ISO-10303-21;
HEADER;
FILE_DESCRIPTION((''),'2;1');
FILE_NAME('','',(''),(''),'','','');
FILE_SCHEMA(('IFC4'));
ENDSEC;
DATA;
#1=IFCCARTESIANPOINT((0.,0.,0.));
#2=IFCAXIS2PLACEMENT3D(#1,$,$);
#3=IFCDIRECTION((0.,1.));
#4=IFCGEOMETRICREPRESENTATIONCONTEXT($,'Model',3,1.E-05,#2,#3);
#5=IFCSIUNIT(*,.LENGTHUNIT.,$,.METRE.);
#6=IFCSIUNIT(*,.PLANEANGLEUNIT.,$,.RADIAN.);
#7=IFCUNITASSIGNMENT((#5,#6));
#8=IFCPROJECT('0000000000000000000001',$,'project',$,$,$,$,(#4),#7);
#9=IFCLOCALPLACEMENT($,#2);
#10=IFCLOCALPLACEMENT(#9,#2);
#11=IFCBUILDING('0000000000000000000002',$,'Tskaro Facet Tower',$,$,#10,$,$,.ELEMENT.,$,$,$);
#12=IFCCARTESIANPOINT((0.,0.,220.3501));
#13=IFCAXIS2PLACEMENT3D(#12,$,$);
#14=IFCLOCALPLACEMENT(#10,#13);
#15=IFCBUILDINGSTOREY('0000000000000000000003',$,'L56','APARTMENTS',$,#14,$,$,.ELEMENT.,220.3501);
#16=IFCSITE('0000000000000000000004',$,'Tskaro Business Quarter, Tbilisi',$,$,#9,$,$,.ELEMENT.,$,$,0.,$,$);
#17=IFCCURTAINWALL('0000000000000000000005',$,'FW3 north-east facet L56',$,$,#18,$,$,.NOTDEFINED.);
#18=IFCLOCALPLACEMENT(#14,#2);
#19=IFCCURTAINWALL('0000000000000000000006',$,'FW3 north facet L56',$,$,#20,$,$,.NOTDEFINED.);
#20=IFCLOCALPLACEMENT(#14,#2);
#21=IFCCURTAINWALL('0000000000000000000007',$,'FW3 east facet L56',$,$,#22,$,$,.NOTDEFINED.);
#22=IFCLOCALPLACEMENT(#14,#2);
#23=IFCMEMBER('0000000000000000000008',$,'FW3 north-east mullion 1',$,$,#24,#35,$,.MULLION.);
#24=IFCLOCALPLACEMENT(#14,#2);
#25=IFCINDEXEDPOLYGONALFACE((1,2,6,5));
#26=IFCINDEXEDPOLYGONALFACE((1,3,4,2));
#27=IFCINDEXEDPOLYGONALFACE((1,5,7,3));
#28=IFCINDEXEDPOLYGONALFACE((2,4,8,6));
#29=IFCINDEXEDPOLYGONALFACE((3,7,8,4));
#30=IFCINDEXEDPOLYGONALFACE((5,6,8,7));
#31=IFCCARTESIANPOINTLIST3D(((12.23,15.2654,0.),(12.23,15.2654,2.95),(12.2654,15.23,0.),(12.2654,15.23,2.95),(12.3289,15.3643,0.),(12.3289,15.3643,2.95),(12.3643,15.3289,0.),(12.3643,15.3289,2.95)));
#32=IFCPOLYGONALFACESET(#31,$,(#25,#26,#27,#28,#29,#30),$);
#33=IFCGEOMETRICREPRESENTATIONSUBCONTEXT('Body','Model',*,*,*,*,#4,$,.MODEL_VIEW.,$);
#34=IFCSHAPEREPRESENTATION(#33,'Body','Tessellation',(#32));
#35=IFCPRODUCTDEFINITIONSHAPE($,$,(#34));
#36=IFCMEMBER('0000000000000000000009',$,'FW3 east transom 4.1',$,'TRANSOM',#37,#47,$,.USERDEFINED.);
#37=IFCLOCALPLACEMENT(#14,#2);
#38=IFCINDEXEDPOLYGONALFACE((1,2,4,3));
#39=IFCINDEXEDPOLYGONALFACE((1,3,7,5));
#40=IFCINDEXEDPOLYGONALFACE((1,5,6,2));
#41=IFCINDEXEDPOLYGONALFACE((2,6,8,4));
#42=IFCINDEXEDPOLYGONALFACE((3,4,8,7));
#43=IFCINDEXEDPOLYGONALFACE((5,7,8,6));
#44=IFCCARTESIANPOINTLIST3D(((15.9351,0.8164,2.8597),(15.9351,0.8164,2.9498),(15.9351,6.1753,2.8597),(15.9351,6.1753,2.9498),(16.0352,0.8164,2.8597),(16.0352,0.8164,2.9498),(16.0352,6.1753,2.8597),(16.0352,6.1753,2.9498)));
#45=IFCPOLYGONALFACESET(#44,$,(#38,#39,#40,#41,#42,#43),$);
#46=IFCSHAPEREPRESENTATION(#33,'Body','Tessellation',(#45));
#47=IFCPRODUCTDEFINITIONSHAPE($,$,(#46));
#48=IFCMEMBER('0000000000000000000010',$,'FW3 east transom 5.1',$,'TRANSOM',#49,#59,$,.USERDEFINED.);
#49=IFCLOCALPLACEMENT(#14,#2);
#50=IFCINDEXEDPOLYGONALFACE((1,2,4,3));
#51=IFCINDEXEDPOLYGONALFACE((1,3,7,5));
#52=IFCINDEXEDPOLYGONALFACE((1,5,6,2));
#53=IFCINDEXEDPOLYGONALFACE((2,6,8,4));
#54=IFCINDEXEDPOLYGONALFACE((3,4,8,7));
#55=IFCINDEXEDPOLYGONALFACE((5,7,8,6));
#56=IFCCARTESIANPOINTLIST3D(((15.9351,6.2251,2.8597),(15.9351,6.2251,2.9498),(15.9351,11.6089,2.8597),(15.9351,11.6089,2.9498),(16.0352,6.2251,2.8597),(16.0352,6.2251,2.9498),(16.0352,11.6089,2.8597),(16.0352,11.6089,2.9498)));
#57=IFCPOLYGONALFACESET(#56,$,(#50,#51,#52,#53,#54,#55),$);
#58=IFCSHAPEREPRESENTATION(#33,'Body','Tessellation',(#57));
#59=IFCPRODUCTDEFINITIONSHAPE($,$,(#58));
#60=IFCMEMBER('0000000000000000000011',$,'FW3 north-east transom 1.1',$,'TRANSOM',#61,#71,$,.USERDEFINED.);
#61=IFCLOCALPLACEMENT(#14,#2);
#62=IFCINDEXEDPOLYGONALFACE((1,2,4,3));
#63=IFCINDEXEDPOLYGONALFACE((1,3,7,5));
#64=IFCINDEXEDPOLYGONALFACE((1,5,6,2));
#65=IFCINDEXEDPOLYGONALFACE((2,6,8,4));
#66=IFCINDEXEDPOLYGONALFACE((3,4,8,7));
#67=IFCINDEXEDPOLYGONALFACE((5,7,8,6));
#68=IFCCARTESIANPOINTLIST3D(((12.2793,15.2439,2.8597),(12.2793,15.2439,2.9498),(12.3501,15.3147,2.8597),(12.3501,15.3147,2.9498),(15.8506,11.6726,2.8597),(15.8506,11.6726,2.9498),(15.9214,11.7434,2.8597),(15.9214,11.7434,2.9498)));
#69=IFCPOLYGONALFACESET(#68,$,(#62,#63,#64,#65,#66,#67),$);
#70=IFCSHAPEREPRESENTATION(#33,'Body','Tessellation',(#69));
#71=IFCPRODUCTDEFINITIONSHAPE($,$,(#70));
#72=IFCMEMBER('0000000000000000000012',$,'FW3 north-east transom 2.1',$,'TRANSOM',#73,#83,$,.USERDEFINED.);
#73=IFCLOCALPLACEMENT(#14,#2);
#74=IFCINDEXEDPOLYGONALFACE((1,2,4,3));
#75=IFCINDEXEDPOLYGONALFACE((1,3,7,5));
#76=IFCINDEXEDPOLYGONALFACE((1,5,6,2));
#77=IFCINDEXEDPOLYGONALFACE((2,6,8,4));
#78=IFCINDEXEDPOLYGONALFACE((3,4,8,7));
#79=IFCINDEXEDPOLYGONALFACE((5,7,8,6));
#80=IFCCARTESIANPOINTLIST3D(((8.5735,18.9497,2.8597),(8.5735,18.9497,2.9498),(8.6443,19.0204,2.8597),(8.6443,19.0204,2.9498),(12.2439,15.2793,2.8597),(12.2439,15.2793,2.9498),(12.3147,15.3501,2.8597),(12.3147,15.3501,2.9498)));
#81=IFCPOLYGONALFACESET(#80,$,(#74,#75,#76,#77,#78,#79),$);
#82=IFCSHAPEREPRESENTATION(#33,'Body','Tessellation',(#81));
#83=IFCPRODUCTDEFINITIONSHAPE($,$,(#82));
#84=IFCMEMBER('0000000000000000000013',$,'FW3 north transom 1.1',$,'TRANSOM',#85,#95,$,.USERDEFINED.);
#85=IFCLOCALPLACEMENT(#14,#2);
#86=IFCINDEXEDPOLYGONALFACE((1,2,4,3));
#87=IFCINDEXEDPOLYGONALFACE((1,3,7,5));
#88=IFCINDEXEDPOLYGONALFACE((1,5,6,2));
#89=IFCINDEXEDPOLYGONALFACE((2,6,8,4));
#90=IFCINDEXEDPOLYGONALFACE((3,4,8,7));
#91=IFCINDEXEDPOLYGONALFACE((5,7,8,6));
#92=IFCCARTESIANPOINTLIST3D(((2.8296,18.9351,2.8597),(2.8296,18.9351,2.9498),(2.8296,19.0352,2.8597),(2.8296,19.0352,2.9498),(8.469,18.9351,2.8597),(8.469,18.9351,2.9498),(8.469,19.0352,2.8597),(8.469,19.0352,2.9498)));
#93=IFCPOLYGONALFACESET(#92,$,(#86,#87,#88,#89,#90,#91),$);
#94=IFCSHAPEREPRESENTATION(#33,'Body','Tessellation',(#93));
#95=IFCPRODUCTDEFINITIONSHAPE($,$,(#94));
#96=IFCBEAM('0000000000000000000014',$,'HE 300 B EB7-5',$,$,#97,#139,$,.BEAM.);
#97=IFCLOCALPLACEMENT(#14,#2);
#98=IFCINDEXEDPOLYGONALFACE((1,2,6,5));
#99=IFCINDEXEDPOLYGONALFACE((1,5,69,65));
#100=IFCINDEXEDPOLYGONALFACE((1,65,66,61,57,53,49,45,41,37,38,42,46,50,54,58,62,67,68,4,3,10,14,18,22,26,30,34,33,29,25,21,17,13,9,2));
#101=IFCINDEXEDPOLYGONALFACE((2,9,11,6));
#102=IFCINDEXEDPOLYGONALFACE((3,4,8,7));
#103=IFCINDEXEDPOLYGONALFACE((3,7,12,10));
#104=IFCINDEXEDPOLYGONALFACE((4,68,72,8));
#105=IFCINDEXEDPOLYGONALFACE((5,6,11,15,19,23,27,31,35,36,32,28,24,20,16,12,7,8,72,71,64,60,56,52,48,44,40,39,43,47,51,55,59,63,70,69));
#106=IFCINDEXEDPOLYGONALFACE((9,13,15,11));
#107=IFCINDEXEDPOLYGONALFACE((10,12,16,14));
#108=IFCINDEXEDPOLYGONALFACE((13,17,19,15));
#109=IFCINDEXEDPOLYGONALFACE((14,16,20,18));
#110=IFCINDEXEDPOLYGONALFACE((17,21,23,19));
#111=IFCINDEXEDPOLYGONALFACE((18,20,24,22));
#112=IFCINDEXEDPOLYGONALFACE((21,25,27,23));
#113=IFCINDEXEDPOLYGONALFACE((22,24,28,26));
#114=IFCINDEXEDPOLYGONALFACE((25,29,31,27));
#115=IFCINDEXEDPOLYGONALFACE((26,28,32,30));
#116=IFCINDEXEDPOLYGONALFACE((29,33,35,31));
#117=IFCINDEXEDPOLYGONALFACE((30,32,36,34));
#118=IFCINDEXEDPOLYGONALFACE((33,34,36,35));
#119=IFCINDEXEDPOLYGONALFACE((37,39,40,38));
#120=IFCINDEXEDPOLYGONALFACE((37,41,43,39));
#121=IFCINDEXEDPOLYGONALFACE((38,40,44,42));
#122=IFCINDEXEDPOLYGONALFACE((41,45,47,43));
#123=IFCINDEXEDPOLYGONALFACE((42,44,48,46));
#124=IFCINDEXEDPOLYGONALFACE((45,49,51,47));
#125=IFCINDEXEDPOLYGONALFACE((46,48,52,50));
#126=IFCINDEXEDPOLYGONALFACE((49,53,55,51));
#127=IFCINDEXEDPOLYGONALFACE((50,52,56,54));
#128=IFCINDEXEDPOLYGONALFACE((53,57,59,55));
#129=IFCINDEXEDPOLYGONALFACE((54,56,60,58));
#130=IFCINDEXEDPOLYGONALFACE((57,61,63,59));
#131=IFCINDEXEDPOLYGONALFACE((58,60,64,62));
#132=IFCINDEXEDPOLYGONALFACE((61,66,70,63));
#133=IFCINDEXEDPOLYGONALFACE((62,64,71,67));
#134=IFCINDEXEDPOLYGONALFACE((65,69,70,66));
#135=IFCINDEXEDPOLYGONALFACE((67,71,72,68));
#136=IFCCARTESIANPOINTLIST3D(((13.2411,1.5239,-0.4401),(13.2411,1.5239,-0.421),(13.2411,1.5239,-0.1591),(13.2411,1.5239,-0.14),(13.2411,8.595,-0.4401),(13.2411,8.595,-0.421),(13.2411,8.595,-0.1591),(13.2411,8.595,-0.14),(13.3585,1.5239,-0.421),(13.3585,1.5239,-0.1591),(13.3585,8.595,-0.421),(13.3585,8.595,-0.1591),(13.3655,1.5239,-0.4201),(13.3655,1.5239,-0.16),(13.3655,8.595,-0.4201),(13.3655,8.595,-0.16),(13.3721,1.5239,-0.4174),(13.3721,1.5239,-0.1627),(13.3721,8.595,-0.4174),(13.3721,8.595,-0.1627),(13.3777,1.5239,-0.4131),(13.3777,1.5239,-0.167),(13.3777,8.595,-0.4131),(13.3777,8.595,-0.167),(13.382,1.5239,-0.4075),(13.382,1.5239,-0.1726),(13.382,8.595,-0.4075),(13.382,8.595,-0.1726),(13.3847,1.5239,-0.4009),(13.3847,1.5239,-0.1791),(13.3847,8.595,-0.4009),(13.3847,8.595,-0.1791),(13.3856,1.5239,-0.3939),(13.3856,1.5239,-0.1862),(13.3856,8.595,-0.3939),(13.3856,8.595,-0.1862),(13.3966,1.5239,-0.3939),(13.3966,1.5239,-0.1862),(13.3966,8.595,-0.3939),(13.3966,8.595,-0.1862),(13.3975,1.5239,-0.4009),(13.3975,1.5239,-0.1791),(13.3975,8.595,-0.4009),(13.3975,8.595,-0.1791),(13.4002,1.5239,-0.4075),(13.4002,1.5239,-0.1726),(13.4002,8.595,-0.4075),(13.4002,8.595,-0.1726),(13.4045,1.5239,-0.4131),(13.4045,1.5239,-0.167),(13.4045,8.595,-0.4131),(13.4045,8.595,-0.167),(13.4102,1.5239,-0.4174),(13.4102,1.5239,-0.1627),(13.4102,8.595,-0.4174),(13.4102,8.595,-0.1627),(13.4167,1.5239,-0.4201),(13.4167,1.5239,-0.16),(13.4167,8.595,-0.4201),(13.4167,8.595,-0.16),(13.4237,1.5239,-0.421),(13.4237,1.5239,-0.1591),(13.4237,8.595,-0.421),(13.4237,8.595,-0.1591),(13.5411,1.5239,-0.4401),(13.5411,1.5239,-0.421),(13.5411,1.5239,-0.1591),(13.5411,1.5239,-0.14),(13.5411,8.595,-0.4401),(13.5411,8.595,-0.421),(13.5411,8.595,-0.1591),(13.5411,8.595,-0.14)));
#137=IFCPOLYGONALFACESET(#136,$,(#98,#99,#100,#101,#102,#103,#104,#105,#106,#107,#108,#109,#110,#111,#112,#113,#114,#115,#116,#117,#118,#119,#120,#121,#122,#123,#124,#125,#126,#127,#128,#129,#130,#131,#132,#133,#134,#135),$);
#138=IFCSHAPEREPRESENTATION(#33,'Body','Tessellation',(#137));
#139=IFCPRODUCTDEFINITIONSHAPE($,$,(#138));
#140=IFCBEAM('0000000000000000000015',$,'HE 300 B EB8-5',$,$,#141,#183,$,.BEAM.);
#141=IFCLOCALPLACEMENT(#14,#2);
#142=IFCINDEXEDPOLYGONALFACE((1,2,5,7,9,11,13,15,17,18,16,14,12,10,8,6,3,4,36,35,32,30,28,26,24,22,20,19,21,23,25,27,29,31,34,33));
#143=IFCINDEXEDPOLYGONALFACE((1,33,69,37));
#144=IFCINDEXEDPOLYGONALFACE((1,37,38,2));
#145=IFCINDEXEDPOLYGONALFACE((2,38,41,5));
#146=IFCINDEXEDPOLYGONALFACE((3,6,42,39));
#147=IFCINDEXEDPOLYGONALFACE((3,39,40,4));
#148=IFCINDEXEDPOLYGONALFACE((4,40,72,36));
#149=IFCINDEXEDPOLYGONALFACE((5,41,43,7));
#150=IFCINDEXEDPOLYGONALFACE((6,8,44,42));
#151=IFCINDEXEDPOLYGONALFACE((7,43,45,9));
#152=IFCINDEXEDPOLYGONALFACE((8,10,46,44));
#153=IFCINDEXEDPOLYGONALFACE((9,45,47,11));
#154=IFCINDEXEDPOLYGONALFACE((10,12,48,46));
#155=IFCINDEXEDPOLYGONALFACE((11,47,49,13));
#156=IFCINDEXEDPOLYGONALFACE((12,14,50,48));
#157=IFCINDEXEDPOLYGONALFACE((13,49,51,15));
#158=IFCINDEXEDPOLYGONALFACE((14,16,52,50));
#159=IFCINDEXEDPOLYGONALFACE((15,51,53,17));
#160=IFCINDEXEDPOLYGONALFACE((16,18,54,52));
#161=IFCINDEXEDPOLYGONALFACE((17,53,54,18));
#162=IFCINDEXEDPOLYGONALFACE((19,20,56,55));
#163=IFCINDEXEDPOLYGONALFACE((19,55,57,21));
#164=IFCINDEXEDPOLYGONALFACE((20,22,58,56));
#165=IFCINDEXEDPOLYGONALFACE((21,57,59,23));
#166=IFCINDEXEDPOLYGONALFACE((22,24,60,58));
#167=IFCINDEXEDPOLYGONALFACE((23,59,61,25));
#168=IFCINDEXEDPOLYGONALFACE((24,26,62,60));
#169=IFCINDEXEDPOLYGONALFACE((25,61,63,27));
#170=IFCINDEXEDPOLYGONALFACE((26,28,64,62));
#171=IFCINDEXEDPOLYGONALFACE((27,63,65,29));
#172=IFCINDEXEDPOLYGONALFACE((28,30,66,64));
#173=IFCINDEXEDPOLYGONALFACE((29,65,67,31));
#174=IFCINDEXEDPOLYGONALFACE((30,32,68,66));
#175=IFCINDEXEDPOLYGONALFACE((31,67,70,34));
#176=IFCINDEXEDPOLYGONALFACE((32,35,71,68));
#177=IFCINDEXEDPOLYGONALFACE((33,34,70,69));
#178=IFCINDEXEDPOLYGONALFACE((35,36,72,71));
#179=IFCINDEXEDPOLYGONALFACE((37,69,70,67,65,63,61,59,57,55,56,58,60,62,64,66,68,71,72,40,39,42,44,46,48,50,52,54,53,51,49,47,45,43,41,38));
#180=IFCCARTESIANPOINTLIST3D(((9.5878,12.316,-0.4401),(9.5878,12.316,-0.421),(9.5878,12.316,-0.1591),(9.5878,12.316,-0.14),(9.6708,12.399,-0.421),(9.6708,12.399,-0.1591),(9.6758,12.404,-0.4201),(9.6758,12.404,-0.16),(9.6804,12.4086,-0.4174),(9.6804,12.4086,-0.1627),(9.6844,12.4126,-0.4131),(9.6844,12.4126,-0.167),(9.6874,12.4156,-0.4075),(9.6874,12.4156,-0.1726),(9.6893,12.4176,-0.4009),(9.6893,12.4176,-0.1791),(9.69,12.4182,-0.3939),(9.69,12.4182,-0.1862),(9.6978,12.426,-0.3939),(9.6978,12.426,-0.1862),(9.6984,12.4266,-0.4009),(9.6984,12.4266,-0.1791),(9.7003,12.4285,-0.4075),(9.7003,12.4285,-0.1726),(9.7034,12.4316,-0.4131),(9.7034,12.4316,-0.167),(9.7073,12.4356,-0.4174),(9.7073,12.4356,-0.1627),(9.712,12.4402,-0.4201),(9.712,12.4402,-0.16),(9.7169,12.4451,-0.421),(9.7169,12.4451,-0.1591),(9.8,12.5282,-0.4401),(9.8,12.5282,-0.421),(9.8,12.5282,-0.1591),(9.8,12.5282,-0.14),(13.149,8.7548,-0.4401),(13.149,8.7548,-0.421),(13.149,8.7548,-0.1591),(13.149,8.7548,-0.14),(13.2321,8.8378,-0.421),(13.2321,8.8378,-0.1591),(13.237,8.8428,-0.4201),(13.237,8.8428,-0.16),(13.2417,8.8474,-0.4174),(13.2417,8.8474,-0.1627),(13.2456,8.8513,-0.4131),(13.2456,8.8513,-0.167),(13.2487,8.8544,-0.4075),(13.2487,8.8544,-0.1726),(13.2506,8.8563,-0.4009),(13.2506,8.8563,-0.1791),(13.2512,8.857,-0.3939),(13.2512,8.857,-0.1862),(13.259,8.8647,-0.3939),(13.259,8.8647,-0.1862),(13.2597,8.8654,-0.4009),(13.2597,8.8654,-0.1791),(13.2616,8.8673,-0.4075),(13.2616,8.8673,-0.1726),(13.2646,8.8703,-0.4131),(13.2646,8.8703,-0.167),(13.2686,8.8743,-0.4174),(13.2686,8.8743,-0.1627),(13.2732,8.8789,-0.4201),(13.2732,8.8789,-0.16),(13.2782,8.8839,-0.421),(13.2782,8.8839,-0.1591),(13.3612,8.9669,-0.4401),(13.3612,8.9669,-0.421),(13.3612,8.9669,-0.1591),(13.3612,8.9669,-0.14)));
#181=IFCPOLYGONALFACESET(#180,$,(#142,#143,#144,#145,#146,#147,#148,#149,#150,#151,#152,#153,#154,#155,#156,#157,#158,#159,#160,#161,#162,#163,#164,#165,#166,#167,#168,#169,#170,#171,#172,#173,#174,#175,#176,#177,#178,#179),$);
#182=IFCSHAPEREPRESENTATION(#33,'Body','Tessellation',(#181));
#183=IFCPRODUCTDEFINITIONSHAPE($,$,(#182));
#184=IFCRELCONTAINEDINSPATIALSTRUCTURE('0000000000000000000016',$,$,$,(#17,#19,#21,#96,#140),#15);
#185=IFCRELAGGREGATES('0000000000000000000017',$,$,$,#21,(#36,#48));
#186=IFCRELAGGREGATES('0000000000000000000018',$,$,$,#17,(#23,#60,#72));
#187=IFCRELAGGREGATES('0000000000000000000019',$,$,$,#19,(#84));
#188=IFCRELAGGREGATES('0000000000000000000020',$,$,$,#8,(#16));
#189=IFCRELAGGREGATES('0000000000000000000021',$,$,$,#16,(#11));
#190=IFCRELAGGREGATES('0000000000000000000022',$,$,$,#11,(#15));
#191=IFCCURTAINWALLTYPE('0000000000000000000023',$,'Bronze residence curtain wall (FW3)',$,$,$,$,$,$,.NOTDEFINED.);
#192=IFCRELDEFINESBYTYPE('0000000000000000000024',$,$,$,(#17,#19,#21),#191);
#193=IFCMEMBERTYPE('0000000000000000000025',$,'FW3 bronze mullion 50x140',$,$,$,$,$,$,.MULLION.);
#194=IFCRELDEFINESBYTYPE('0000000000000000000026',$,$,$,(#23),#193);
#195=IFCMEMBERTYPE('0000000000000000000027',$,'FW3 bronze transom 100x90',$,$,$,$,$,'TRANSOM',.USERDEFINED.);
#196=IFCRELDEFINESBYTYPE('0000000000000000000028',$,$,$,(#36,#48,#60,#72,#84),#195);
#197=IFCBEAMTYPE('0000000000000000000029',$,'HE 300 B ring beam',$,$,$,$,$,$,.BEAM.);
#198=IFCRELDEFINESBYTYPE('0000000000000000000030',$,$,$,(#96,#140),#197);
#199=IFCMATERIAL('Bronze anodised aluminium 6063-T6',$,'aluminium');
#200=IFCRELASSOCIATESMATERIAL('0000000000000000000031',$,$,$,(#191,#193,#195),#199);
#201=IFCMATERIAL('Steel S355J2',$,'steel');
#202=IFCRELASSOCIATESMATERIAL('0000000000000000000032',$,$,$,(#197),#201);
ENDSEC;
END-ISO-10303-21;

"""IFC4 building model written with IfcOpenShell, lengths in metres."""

from ifc_helpers import new_model, si_unit, direction, frame, origin, origin_2d, place, context, subcontext, project, spatial, rectangle, i_section, extrude, material, material_profile, profile_set, type_object, element, aggregate, save


model = new_model("IFC4")

# Units and contexts
model_context = context("Model", 3, precision=1e-05, world=origin(), true_north=direction((0.0, 1.0)))
body_context = subcontext(model_context, "Body", "Model", "MODEL_VIEW")
ifc_project = project(units=[si_unit("LENGTHUNIT", "METRE"), si_unit("PLANEANGLEUNIT", "RADIAN")], contexts=[model_context])

# Site, building, storey
site_placement = place(None, origin())
site = spatial("IfcSite", under=ifc_project, at=site_placement, Name="Tskaro Business Quarter, Tbilisi", CompositionType="ELEMENT", RefElevation=0.0)
building_placement = place(site_placement, origin())
building = spatial("IfcBuilding", under=site, at=building_placement, Name="Tskaro Facet Tower", CompositionType="ELEMENT")
storey_placement = place(building_placement, frame((0.0, 0.0, 220.3501)))
storey = spatial("IfcBuildingStorey", under=building, at=storey_placement, Name="L56", Description="APARTMENTS", CompositionType="ELEMENT", Elevation=220.3501)

# Shared definitions
ifc_material_1 = material(Name="Steel S355J2", Category="steel")

# Curtain walls
ifc_material_2 = material(Name="Bronze anodised aluminium 6063-T6", Category="aluminium")
curtain_wall_type = type_object("IfcCurtainWallType", Name="Bronze residence curtain wall (FW3)", PredefinedType="NOTDEFINED", material=ifc_material_2)
curtain_wall_1_placement = place(storey_placement, origin())
curtain_wall_1 = element("IfcCurtainWall", 1, at=curtain_wall_1_placement, inside=storey, type_object=curtain_wall_type, Name="FW3 north-east facet L56", PredefinedType="NOTDEFINED")
curtain_wall_2_placement = place(storey_placement, origin())
curtain_wall_2 = element("IfcCurtainWall", 2, at=curtain_wall_2_placement, inside=storey, type_object=curtain_wall_type, Name="FW3 north facet L56", PredefinedType="NOTDEFINED")

# Curtain wall
curtain_wall_3_placement = place(storey_placement, origin())
curtain_wall_3 = element("IfcCurtainWall", 3, at=curtain_wall_3_placement, inside=storey, type_object=curtain_wall_type, Name="FW3 east facet L56", PredefinedType="NOTDEFINED")
ifc_material_profile_1 = material_profile(ifc_material_2, rectangle(XDim=0.05, YDim=0.1399, at=origin_2d()), Name="Mullion 50x140")
ifc_profile_set_1 = profile_set([ifc_material_profile_1], Name="Bronze anodised aluminium 6063-T6")
member_type_1 = type_object("IfcMemberType", Name="FW3 bronze mullion 50x140", PredefinedType="MULLION", material=ifc_profile_set_1)

# Members
member_1_placement = place(storey_placement, frame((12.2971, 15.2971, 0.0), z_axis=(0.0, 0.0, 1.0), x_axis=(-0.707107, 0.707107, 0.0)))
member_1 = element("IfcMember", 4, at=member_1_placement, type_object=member_type_1, Name="FW3 north-east mullion 1", PredefinedType="MULLION", context=body_context, shape_type="SweptSolid", body=[
    extrude(rectangle(XDim=0.05, YDim=0.1399, at=origin_2d()), origin(), (0.0, 0.0, 1.0), 2.95),
])
ifc_material_profile_2 = material_profile(ifc_material_2, rectangle(XDim=0.1001, YDim=0.0901, at=origin_2d()), Name="Transom 100x90")
ifc_profile_set_2 = profile_set([ifc_material_profile_2], Name="Bronze anodised aluminium 6063-T6")
member_type_2 = type_object("IfcMemberType", Name="FW3 bronze transom 100x90", ElementType="TRANSOM", PredefinedType="USERDEFINED", material=ifc_profile_set_2)
member_2_placement = place(storey_placement, frame((15.9851, 0.8164, 2.9048), z_axis=(0.0, 1.0, 0.0), x_axis=(-1.0, 0.0, 0.0)))
member_2 = element("IfcMember", 5, at=member_2_placement, type_object=member_type_2, Name="FW3 east transom 4.1", ObjectType="TRANSOM", PredefinedType="USERDEFINED", context=body_context, shape_type="SweptSolid", body=[
    extrude(rectangle(XDim=0.1001, YDim=0.0901, at=origin_2d()), origin(), (0.0, 0.0, 1.0), 5.3589),
])
member_3_placement = place(storey_placement, frame((15.9851, 6.2251, 2.9048), z_axis=(0.0, 1.0, 0.0), x_axis=(-1.0, 0.0, 0.0)))
member_3 = element("IfcMember", 6, at=member_3_placement, type_object=member_type_2, Name="FW3 east transom 5.1", ObjectType="TRANSOM", PredefinedType="USERDEFINED", context=body_context, shape_type="SweptSolid", body=[
    extrude(rectangle(XDim=0.1001, YDim=0.0901, at=origin_2d()), origin(), (0.0, 0.0, 1.0), 5.3838),
])
member_4_placement = place(storey_placement, frame((15.886, 11.708, 2.9048), z_axis=(-0.707107, 0.707107, 0.0), x_axis=(-0.707107, -0.707107, 0.0)))
member_4 = element("IfcMember", 7, at=member_4_placement, type_object=member_type_2, Name="FW3 north-east transom 1.1", ObjectType="TRANSOM", PredefinedType="USERDEFINED", context=body_context, shape_type="SweptSolid", body=[
    extrude(rectangle(XDim=0.1001, YDim=0.0901, at=origin_2d()), origin(), (0.0, 0.0, 1.0), 5.0505),
])
member_5_placement = place(storey_placement, frame((12.2793, 15.3147, 2.9048), z_axis=(-0.707107, 0.707107, 0.0), x_axis=(-0.707107, -0.707107, 0.0)))
member_5 = element("IfcMember", 8, at=member_5_placement, type_object=member_type_2, Name="FW3 north-east transom 2.1", ObjectType="TRANSOM", PredefinedType="USERDEFINED", context=body_context, shape_type="SweptSolid", body=[
    extrude(rectangle(XDim=0.1001, YDim=0.0901, at=origin_2d()), origin(), (0.0, 0.0, 1.0), 5.1907),
])
member_6_placement = place(storey_placement, frame((8.469, 18.9851, 2.9048), z_axis=(-1.0, 0.0, 0.0), x_axis=(0.0, -1.0, 0.0)))
member_6 = element("IfcMember", 9, at=member_6_placement, type_object=member_type_2, Name="FW3 north transom 1.1", ObjectType="TRANSOM", PredefinedType="USERDEFINED", context=body_context, shape_type="SweptSolid", body=[
    extrude(rectangle(XDim=0.1001, YDim=0.0901, at=origin_2d()), origin(), (0.0, 0.0, 1.0), 5.6394),
])

# Beams
ifc_material_profile_3 = material_profile(ifc_material_1, i_section(OverallWidth=0.3, OverallDepth=0.3, WebThickness=0.011, FlangeThickness=0.019, FilletRadius=0.0271, at=origin_2d()), Name="HE 300 B")
ifc_profile_set_3 = profile_set([ifc_material_profile_3], Name="Steel S355J2")
beam_type = type_object("IfcBeamType", Name="HE 300 B ring beam", PredefinedType="BEAM", material=ifc_profile_set_3)
beam_1_placement = place(storey_placement, frame((13.3911, 1.5239, -0.29), z_axis=(0.0, 1.0, 0.0), x_axis=(-1.0, 0.0, 0.0)))
element("IfcBeam", 10, at=beam_1_placement, inside=storey, type_object=beam_type, Name="HE 300 B EB7-5", PredefinedType="BEAM", context=body_context, shape_type="SweptSolid", body=[
    extrude(i_section(OverallWidth=0.3, OverallDepth=0.3, WebThickness=0.011, FlangeThickness=0.019, FilletRadius=0.0271, at=origin_2d()), origin(), (0.0, 0.0, 1.0), 7.071),
])
for number, where, z_axis, x_axis, name in (
    (11, (13.2551, 8.8608, -0.29), (-0.707107, 0.707107, 0.0), (-0.707107, -0.707107, 0.0), "HE 300 B EB8-5"),
):
    element("IfcBeam", number, at=place(storey_placement, frame(where, z_axis=z_axis, x_axis=x_axis)), inside=storey, type_object=beam_type, Name=name, PredefinedType="BEAM", context=body_context, shape_type="SweptSolid", body=[
        extrude(i_section(OverallWidth=0.3, OverallDepth=0.3, WebThickness=0.011, FlangeThickness=0.019, FilletRadius=0.0271, at=origin_2d()), origin(), (0.0, 0.0, 1.0), 5.0364),
    ])

aggregate(curtain_wall_3, [member_2, member_3])
aggregate(curtain_wall_1, [member_1, member_4, member_5])
aggregate(curtain_wall_2, [member_6])

save(model, "model.ifc")
